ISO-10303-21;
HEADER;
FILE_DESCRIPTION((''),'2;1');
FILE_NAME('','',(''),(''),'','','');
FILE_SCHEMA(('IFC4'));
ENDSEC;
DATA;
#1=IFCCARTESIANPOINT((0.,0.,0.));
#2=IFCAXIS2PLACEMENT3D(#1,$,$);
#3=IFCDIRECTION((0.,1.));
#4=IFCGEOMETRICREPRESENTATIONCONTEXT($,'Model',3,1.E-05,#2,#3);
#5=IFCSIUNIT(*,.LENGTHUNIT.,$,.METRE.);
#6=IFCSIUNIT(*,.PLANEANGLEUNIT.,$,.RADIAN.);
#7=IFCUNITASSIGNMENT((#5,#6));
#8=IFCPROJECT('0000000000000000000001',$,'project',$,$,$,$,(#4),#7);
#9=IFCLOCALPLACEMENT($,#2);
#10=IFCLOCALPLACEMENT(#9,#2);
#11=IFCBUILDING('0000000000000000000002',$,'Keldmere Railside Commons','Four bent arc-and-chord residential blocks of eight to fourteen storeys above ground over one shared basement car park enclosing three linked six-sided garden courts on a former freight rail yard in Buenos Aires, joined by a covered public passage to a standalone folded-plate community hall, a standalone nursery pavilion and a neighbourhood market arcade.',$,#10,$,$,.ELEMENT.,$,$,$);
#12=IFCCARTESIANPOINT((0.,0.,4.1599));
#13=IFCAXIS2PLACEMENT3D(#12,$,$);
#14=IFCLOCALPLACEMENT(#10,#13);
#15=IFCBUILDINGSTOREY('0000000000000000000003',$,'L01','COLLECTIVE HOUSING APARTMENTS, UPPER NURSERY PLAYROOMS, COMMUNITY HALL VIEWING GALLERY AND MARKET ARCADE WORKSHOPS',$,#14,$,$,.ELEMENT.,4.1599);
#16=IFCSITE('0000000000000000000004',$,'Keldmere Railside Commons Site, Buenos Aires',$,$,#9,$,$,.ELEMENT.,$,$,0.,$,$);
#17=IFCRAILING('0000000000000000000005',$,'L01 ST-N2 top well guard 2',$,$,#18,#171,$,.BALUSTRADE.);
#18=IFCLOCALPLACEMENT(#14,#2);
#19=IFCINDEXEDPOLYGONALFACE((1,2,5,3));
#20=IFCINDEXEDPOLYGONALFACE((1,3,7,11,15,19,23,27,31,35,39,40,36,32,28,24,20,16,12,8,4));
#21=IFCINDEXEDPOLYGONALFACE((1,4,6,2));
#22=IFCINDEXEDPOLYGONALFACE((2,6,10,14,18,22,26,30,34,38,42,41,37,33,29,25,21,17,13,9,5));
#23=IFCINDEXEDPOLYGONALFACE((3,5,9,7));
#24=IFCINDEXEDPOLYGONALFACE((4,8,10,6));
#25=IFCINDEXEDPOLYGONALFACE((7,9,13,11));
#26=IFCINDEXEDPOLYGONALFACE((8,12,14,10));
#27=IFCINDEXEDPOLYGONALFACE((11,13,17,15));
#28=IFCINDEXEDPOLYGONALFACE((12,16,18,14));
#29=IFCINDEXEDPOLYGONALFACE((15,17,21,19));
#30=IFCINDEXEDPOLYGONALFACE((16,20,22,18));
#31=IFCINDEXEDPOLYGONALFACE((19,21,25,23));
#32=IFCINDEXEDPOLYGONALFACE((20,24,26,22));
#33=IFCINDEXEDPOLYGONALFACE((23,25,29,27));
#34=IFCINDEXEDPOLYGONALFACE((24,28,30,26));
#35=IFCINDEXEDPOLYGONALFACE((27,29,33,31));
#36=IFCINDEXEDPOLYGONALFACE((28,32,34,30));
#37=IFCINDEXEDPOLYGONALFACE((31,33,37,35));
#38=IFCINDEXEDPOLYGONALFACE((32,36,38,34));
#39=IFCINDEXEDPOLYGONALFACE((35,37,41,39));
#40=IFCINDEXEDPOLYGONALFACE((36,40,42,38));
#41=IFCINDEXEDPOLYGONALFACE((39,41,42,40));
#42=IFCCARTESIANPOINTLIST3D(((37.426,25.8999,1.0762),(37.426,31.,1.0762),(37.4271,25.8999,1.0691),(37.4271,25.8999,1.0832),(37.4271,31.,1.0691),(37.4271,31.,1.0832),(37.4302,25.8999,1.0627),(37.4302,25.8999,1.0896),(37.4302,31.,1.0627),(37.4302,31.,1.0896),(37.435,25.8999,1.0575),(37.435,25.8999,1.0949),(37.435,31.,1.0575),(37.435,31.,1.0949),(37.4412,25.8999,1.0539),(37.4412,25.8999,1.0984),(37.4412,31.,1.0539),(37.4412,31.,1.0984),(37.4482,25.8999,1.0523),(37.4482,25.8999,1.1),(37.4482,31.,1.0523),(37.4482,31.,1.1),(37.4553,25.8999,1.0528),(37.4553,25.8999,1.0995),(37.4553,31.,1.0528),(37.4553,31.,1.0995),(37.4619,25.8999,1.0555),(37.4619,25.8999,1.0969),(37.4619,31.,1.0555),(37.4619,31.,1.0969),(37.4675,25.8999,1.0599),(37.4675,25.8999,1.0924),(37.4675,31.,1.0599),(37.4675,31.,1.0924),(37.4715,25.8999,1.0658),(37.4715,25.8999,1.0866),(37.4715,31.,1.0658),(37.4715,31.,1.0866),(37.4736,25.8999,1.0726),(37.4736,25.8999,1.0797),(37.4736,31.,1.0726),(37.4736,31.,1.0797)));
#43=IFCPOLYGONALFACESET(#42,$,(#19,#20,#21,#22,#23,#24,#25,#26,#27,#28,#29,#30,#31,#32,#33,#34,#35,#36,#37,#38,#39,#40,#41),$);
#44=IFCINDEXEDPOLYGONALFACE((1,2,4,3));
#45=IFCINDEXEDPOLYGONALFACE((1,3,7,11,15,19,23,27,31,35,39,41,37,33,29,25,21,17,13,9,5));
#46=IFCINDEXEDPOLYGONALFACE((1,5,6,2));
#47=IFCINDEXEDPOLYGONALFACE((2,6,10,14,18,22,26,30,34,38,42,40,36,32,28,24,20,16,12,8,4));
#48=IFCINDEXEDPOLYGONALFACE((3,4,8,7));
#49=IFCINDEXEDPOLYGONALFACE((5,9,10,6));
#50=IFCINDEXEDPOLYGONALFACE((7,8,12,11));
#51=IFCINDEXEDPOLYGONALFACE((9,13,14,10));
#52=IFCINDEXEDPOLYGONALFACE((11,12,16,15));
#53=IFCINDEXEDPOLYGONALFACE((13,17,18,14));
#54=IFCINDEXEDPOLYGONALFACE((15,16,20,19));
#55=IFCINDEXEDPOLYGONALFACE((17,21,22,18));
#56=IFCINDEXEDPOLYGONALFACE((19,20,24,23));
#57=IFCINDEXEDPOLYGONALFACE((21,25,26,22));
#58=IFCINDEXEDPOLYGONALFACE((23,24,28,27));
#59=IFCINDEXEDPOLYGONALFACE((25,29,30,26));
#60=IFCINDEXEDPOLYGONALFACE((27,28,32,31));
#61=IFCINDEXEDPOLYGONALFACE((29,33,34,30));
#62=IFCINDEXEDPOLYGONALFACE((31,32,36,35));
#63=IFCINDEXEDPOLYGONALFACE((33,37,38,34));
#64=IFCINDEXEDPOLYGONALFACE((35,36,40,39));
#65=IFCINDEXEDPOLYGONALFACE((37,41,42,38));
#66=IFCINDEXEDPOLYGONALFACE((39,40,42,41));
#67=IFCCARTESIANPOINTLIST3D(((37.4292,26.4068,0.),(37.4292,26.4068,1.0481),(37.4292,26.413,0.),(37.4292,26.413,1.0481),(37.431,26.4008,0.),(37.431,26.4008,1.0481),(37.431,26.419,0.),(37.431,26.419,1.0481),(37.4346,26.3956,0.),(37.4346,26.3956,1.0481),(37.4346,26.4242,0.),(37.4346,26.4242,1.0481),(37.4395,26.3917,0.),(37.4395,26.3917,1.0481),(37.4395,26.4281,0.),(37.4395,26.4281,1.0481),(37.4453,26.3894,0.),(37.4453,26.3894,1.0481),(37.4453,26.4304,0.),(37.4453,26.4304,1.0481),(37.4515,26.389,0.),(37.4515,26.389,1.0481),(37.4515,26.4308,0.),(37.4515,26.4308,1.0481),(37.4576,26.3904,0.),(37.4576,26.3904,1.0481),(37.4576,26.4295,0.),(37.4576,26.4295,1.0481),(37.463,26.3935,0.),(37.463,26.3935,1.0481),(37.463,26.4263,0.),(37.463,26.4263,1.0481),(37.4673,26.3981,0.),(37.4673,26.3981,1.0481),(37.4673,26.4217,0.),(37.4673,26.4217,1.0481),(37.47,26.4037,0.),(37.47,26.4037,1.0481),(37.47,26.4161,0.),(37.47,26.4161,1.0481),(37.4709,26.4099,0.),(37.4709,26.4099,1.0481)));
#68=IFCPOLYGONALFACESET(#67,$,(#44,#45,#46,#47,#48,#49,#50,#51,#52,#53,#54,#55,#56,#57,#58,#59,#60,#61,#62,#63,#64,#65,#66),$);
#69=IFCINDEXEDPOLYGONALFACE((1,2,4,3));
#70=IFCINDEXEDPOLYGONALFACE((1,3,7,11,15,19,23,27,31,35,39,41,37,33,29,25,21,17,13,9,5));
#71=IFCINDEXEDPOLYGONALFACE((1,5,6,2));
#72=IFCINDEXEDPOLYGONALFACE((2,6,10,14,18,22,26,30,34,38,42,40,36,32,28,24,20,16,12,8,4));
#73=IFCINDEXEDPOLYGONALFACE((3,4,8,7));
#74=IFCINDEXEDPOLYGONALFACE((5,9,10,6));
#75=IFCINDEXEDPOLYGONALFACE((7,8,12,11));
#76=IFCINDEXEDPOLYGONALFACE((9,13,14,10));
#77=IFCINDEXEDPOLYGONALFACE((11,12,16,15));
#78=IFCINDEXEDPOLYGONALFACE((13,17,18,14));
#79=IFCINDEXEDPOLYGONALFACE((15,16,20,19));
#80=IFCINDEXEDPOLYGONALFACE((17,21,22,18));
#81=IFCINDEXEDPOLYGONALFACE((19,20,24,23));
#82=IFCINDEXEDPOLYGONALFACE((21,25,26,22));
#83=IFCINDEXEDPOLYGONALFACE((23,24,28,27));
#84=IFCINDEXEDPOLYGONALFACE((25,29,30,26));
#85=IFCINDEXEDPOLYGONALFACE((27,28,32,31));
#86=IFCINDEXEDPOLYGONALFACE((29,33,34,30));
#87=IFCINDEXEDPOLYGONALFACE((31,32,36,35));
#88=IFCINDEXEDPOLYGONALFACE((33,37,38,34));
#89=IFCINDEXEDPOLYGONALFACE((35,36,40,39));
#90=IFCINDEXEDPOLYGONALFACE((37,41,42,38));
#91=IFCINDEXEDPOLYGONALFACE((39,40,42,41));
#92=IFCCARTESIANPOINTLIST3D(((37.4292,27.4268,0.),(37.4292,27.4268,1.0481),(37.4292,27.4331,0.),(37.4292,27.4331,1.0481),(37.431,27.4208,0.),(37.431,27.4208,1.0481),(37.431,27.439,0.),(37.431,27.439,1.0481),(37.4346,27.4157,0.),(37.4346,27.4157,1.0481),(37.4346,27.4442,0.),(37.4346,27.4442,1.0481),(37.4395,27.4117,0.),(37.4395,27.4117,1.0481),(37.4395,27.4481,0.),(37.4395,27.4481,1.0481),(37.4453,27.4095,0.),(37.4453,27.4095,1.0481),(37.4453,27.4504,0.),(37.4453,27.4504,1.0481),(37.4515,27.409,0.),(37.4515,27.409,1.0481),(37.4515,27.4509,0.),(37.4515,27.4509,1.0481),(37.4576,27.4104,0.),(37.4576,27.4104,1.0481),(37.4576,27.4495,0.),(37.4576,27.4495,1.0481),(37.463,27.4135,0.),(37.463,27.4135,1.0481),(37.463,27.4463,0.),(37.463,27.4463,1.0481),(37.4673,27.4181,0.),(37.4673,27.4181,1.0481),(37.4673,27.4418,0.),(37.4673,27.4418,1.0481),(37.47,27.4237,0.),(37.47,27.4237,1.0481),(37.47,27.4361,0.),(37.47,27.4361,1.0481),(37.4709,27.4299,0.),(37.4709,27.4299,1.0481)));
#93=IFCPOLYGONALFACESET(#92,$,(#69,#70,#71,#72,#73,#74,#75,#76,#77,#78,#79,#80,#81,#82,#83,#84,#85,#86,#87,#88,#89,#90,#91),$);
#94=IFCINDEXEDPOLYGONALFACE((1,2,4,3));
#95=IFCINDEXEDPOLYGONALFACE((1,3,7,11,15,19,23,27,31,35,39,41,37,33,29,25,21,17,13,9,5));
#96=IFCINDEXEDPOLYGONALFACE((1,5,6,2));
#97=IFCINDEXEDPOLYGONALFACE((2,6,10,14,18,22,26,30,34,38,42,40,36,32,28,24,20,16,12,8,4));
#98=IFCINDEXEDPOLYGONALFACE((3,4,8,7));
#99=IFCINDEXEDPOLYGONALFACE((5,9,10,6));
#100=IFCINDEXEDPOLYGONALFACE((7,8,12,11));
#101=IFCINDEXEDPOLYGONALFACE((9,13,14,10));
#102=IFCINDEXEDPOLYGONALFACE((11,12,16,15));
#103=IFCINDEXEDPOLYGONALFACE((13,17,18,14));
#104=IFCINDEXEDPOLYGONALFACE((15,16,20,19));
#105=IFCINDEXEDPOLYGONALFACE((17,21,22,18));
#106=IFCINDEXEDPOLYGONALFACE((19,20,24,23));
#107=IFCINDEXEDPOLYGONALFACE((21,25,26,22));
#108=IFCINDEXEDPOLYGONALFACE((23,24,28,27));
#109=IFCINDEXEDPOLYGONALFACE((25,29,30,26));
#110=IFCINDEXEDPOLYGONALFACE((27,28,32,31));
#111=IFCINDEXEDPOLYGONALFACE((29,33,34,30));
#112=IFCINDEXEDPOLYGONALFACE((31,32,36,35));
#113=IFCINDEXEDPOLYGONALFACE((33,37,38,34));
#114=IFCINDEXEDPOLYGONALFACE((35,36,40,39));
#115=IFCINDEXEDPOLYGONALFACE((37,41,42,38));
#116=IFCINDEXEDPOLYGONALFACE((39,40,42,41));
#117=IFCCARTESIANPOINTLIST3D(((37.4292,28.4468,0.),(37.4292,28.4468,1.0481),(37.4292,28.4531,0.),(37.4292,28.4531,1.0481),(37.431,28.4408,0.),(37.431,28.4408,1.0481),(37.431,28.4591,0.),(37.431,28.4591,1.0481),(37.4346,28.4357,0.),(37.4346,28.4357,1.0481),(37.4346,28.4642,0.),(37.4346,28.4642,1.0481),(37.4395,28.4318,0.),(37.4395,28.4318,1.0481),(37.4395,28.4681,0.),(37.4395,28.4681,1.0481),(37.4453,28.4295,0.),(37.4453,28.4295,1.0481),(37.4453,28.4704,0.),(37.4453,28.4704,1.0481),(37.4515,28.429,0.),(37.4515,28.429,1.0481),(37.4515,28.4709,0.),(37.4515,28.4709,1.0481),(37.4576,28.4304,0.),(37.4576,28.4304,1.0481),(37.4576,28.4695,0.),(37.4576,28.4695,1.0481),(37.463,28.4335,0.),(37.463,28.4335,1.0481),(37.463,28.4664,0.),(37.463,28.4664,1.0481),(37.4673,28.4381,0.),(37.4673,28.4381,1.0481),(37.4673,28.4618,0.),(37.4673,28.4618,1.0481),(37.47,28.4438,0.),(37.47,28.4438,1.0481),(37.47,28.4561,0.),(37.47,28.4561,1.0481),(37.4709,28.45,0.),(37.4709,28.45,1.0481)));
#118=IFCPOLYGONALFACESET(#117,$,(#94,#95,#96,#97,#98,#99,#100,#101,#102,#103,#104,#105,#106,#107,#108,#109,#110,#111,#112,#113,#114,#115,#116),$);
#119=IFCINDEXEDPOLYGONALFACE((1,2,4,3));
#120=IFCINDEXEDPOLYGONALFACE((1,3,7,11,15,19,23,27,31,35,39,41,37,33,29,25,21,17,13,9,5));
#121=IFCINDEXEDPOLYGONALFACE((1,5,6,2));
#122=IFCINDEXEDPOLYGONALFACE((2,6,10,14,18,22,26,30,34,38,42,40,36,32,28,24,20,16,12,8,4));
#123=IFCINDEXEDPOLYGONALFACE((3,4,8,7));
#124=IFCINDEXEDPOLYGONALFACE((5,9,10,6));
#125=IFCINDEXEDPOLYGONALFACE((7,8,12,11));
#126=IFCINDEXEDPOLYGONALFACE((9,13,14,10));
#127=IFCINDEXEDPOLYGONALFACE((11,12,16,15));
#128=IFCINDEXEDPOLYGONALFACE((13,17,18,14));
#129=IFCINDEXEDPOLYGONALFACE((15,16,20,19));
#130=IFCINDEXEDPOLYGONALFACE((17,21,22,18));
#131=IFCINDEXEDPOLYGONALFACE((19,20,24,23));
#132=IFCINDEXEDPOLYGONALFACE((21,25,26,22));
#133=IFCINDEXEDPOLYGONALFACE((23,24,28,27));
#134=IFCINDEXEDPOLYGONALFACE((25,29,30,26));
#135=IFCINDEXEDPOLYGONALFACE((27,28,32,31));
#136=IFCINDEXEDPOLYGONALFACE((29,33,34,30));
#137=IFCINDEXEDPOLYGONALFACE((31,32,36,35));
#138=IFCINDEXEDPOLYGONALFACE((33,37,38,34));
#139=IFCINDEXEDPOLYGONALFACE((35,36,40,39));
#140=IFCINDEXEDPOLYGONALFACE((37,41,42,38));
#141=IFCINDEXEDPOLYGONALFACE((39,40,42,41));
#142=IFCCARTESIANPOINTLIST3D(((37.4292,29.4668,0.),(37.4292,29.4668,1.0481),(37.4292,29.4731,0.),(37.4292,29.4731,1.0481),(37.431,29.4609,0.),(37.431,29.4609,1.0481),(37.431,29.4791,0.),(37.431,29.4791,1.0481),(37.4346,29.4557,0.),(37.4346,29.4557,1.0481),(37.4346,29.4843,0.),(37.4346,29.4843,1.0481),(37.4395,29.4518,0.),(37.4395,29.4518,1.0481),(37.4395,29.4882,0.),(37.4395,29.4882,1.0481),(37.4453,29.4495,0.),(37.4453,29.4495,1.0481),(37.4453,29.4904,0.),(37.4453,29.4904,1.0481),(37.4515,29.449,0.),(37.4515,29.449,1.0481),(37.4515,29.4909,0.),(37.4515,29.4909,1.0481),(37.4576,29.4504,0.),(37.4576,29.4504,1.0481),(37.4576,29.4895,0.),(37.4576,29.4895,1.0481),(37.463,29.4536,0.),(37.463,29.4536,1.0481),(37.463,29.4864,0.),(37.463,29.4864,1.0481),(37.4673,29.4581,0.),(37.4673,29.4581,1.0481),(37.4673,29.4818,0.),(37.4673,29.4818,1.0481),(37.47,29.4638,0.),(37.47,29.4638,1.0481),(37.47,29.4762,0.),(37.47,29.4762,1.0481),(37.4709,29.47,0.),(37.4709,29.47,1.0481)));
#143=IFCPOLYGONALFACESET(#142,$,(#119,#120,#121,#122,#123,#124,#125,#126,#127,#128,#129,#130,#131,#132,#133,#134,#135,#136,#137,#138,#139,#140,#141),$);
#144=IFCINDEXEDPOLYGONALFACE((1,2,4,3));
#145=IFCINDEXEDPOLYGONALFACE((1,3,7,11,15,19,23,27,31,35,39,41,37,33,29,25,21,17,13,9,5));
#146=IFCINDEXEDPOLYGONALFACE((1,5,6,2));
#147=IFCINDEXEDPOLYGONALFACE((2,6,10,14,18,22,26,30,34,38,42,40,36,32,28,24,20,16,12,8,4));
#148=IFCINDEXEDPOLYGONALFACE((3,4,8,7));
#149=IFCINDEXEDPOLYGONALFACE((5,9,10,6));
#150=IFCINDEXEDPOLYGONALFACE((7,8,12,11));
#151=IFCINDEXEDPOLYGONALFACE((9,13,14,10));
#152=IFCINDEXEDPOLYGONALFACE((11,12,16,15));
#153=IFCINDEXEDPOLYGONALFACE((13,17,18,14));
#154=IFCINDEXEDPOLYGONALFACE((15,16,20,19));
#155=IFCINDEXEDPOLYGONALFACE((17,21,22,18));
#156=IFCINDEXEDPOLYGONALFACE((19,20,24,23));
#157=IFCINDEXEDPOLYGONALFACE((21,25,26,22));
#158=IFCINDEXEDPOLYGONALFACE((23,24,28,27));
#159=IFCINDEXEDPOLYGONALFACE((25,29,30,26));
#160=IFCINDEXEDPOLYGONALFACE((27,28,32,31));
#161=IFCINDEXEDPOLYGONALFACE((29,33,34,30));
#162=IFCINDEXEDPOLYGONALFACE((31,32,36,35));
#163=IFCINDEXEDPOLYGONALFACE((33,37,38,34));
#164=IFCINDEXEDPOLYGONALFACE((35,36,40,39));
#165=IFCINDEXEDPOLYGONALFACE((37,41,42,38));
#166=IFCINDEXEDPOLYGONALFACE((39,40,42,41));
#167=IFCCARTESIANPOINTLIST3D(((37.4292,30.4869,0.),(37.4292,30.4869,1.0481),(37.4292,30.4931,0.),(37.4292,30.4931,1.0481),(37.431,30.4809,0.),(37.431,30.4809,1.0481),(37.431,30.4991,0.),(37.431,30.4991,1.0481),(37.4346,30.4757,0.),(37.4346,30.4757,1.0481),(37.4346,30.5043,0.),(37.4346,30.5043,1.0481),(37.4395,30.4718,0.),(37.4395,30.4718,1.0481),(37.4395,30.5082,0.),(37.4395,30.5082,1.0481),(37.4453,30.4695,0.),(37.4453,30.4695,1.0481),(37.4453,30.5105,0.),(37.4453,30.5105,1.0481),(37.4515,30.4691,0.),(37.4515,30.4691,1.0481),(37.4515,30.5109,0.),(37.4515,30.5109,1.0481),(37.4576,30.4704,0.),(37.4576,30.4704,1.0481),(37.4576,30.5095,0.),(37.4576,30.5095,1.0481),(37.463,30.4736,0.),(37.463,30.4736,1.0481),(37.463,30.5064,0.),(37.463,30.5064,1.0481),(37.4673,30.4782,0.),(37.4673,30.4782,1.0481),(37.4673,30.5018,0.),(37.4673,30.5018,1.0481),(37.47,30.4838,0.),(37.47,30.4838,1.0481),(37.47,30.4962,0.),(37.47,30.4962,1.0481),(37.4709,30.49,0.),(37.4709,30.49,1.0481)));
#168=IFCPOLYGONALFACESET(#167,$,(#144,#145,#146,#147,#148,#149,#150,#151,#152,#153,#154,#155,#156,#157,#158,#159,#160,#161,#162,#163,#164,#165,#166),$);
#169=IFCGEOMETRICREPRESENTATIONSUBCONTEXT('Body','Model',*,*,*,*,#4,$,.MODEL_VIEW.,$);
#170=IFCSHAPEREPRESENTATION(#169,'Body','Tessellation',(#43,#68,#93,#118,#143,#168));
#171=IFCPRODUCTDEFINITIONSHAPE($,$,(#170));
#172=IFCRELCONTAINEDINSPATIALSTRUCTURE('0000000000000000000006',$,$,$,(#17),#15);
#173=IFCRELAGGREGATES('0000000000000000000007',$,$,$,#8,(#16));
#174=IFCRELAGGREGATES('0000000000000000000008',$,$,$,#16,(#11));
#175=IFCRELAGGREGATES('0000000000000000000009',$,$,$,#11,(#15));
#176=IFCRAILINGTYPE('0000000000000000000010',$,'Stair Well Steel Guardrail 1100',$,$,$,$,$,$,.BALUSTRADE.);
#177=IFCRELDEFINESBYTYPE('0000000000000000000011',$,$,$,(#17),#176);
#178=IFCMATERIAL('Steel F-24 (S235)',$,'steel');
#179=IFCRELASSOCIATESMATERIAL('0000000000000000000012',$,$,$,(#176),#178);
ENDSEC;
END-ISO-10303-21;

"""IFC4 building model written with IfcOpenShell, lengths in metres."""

from ifc_helpers import new_model, si_unit, direction, frame, origin, origin_2d, place, context, subcontext, project, spatial, circle, extrude, material, type_object, element, save


model = new_model("IFC4")

# Units and contexts
model_context = context("Model", 3, precision=1e-05, world=origin(), true_north=direction((0.0, 1.0)))
body_context = subcontext(model_context, "Body", "Model", "MODEL_VIEW")
ifc_project = project(units=[si_unit("LENGTHUNIT", "METRE"), si_unit("PLANEANGLEUNIT", "RADIAN")], contexts=[model_context])

# Site, building, storey
site_placement = place(None, origin())
site = spatial("IfcSite", under=ifc_project, at=site_placement, Name="Keldmere Railside Commons Site, Buenos Aires", CompositionType="ELEMENT", RefElevation=0.0)
building_placement = place(site_placement, origin())
building = spatial("IfcBuilding", under=site, at=building_placement, Name="Keldmere Railside Commons", Description="Four bent arc-and-chord residential blocks of eight to fourteen storeys above ground over one shared basement car park enclosing three linked six-sided garden courts on a former freight rail yard in Buenos Aires, joined by a covered public passage to a standalone folded-plate community hall, a standalone nursery pavilion and a neighbourhood market arcade.", CompositionType="ELEMENT")
storey_placement = place(building_placement, frame((0.0, 0.0, 4.1599)))
storey = spatial("IfcBuildingStorey", under=building, at=storey_placement, Name="L01", Description="COLLECTIVE HOUSING APARTMENTS, UPPER NURSERY PLAYROOMS, COMMUNITY HALL VIEWING GALLERY AND MARKET ARCADE WORKSHOPS", CompositionType="ELEMENT", Elevation=4.1599)

# Shared definitions
ifc_material_1 = material(Name="Steel F-24 (S235)", Category="steel")

# Railing
railing_type = type_object("IfcRailingType", Name="Stair Well Steel Guardrail 1100", PredefinedType="BALUSTRADE", material=ifc_material_1)
for number, where, name in (
    (1, (37.45, 25.8999, 0.0), "L01 ST-N2 top well guard 2"),
):
    element("IfcRailing", number, at=place(storey_placement, frame(where)), inside=storey, type_object=railing_type, Name=name, PredefinedType="BALUSTRADE", context=body_context, shape_type="SweptSolid", body=[
        extrude(circle(Radius=0.0239, at=origin_2d()), frame((0.0, 0.0, 1.0762), z_axis=(0.0, 1.0, 0.0), x_axis=(-1.0, 0.0, 0.0)), (0.0, 0.0, 1.0), 5.1001),
        extrude(circle(Radius=0.021, at=origin_2d()), frame((0.0, 0.51, 0.0)), (0.0, 0.0, 1.0), 1.0481),
        extrude(circle(Radius=0.021, at=origin_2d()), frame((0.0, 1.53, 0.0)), (0.0, 0.0, 1.0), 1.0481),
        extrude(circle(Radius=0.021, at=origin_2d()), frame((0.0, 2.55, 0.0)), (0.0, 0.0, 1.0), 1.0481),
        extrude(circle(Radius=0.021, at=origin_2d()), frame((0.0, 3.5701, 0.0)), (0.0, 0.0, 1.0), 1.0481),
        extrude(circle(Radius=0.021, at=origin_2d()), frame((0.0, 4.5901, 0.0)), (0.0, 0.0, 1.0), 1.0481),
    ])

save(model, "model.ifc")
